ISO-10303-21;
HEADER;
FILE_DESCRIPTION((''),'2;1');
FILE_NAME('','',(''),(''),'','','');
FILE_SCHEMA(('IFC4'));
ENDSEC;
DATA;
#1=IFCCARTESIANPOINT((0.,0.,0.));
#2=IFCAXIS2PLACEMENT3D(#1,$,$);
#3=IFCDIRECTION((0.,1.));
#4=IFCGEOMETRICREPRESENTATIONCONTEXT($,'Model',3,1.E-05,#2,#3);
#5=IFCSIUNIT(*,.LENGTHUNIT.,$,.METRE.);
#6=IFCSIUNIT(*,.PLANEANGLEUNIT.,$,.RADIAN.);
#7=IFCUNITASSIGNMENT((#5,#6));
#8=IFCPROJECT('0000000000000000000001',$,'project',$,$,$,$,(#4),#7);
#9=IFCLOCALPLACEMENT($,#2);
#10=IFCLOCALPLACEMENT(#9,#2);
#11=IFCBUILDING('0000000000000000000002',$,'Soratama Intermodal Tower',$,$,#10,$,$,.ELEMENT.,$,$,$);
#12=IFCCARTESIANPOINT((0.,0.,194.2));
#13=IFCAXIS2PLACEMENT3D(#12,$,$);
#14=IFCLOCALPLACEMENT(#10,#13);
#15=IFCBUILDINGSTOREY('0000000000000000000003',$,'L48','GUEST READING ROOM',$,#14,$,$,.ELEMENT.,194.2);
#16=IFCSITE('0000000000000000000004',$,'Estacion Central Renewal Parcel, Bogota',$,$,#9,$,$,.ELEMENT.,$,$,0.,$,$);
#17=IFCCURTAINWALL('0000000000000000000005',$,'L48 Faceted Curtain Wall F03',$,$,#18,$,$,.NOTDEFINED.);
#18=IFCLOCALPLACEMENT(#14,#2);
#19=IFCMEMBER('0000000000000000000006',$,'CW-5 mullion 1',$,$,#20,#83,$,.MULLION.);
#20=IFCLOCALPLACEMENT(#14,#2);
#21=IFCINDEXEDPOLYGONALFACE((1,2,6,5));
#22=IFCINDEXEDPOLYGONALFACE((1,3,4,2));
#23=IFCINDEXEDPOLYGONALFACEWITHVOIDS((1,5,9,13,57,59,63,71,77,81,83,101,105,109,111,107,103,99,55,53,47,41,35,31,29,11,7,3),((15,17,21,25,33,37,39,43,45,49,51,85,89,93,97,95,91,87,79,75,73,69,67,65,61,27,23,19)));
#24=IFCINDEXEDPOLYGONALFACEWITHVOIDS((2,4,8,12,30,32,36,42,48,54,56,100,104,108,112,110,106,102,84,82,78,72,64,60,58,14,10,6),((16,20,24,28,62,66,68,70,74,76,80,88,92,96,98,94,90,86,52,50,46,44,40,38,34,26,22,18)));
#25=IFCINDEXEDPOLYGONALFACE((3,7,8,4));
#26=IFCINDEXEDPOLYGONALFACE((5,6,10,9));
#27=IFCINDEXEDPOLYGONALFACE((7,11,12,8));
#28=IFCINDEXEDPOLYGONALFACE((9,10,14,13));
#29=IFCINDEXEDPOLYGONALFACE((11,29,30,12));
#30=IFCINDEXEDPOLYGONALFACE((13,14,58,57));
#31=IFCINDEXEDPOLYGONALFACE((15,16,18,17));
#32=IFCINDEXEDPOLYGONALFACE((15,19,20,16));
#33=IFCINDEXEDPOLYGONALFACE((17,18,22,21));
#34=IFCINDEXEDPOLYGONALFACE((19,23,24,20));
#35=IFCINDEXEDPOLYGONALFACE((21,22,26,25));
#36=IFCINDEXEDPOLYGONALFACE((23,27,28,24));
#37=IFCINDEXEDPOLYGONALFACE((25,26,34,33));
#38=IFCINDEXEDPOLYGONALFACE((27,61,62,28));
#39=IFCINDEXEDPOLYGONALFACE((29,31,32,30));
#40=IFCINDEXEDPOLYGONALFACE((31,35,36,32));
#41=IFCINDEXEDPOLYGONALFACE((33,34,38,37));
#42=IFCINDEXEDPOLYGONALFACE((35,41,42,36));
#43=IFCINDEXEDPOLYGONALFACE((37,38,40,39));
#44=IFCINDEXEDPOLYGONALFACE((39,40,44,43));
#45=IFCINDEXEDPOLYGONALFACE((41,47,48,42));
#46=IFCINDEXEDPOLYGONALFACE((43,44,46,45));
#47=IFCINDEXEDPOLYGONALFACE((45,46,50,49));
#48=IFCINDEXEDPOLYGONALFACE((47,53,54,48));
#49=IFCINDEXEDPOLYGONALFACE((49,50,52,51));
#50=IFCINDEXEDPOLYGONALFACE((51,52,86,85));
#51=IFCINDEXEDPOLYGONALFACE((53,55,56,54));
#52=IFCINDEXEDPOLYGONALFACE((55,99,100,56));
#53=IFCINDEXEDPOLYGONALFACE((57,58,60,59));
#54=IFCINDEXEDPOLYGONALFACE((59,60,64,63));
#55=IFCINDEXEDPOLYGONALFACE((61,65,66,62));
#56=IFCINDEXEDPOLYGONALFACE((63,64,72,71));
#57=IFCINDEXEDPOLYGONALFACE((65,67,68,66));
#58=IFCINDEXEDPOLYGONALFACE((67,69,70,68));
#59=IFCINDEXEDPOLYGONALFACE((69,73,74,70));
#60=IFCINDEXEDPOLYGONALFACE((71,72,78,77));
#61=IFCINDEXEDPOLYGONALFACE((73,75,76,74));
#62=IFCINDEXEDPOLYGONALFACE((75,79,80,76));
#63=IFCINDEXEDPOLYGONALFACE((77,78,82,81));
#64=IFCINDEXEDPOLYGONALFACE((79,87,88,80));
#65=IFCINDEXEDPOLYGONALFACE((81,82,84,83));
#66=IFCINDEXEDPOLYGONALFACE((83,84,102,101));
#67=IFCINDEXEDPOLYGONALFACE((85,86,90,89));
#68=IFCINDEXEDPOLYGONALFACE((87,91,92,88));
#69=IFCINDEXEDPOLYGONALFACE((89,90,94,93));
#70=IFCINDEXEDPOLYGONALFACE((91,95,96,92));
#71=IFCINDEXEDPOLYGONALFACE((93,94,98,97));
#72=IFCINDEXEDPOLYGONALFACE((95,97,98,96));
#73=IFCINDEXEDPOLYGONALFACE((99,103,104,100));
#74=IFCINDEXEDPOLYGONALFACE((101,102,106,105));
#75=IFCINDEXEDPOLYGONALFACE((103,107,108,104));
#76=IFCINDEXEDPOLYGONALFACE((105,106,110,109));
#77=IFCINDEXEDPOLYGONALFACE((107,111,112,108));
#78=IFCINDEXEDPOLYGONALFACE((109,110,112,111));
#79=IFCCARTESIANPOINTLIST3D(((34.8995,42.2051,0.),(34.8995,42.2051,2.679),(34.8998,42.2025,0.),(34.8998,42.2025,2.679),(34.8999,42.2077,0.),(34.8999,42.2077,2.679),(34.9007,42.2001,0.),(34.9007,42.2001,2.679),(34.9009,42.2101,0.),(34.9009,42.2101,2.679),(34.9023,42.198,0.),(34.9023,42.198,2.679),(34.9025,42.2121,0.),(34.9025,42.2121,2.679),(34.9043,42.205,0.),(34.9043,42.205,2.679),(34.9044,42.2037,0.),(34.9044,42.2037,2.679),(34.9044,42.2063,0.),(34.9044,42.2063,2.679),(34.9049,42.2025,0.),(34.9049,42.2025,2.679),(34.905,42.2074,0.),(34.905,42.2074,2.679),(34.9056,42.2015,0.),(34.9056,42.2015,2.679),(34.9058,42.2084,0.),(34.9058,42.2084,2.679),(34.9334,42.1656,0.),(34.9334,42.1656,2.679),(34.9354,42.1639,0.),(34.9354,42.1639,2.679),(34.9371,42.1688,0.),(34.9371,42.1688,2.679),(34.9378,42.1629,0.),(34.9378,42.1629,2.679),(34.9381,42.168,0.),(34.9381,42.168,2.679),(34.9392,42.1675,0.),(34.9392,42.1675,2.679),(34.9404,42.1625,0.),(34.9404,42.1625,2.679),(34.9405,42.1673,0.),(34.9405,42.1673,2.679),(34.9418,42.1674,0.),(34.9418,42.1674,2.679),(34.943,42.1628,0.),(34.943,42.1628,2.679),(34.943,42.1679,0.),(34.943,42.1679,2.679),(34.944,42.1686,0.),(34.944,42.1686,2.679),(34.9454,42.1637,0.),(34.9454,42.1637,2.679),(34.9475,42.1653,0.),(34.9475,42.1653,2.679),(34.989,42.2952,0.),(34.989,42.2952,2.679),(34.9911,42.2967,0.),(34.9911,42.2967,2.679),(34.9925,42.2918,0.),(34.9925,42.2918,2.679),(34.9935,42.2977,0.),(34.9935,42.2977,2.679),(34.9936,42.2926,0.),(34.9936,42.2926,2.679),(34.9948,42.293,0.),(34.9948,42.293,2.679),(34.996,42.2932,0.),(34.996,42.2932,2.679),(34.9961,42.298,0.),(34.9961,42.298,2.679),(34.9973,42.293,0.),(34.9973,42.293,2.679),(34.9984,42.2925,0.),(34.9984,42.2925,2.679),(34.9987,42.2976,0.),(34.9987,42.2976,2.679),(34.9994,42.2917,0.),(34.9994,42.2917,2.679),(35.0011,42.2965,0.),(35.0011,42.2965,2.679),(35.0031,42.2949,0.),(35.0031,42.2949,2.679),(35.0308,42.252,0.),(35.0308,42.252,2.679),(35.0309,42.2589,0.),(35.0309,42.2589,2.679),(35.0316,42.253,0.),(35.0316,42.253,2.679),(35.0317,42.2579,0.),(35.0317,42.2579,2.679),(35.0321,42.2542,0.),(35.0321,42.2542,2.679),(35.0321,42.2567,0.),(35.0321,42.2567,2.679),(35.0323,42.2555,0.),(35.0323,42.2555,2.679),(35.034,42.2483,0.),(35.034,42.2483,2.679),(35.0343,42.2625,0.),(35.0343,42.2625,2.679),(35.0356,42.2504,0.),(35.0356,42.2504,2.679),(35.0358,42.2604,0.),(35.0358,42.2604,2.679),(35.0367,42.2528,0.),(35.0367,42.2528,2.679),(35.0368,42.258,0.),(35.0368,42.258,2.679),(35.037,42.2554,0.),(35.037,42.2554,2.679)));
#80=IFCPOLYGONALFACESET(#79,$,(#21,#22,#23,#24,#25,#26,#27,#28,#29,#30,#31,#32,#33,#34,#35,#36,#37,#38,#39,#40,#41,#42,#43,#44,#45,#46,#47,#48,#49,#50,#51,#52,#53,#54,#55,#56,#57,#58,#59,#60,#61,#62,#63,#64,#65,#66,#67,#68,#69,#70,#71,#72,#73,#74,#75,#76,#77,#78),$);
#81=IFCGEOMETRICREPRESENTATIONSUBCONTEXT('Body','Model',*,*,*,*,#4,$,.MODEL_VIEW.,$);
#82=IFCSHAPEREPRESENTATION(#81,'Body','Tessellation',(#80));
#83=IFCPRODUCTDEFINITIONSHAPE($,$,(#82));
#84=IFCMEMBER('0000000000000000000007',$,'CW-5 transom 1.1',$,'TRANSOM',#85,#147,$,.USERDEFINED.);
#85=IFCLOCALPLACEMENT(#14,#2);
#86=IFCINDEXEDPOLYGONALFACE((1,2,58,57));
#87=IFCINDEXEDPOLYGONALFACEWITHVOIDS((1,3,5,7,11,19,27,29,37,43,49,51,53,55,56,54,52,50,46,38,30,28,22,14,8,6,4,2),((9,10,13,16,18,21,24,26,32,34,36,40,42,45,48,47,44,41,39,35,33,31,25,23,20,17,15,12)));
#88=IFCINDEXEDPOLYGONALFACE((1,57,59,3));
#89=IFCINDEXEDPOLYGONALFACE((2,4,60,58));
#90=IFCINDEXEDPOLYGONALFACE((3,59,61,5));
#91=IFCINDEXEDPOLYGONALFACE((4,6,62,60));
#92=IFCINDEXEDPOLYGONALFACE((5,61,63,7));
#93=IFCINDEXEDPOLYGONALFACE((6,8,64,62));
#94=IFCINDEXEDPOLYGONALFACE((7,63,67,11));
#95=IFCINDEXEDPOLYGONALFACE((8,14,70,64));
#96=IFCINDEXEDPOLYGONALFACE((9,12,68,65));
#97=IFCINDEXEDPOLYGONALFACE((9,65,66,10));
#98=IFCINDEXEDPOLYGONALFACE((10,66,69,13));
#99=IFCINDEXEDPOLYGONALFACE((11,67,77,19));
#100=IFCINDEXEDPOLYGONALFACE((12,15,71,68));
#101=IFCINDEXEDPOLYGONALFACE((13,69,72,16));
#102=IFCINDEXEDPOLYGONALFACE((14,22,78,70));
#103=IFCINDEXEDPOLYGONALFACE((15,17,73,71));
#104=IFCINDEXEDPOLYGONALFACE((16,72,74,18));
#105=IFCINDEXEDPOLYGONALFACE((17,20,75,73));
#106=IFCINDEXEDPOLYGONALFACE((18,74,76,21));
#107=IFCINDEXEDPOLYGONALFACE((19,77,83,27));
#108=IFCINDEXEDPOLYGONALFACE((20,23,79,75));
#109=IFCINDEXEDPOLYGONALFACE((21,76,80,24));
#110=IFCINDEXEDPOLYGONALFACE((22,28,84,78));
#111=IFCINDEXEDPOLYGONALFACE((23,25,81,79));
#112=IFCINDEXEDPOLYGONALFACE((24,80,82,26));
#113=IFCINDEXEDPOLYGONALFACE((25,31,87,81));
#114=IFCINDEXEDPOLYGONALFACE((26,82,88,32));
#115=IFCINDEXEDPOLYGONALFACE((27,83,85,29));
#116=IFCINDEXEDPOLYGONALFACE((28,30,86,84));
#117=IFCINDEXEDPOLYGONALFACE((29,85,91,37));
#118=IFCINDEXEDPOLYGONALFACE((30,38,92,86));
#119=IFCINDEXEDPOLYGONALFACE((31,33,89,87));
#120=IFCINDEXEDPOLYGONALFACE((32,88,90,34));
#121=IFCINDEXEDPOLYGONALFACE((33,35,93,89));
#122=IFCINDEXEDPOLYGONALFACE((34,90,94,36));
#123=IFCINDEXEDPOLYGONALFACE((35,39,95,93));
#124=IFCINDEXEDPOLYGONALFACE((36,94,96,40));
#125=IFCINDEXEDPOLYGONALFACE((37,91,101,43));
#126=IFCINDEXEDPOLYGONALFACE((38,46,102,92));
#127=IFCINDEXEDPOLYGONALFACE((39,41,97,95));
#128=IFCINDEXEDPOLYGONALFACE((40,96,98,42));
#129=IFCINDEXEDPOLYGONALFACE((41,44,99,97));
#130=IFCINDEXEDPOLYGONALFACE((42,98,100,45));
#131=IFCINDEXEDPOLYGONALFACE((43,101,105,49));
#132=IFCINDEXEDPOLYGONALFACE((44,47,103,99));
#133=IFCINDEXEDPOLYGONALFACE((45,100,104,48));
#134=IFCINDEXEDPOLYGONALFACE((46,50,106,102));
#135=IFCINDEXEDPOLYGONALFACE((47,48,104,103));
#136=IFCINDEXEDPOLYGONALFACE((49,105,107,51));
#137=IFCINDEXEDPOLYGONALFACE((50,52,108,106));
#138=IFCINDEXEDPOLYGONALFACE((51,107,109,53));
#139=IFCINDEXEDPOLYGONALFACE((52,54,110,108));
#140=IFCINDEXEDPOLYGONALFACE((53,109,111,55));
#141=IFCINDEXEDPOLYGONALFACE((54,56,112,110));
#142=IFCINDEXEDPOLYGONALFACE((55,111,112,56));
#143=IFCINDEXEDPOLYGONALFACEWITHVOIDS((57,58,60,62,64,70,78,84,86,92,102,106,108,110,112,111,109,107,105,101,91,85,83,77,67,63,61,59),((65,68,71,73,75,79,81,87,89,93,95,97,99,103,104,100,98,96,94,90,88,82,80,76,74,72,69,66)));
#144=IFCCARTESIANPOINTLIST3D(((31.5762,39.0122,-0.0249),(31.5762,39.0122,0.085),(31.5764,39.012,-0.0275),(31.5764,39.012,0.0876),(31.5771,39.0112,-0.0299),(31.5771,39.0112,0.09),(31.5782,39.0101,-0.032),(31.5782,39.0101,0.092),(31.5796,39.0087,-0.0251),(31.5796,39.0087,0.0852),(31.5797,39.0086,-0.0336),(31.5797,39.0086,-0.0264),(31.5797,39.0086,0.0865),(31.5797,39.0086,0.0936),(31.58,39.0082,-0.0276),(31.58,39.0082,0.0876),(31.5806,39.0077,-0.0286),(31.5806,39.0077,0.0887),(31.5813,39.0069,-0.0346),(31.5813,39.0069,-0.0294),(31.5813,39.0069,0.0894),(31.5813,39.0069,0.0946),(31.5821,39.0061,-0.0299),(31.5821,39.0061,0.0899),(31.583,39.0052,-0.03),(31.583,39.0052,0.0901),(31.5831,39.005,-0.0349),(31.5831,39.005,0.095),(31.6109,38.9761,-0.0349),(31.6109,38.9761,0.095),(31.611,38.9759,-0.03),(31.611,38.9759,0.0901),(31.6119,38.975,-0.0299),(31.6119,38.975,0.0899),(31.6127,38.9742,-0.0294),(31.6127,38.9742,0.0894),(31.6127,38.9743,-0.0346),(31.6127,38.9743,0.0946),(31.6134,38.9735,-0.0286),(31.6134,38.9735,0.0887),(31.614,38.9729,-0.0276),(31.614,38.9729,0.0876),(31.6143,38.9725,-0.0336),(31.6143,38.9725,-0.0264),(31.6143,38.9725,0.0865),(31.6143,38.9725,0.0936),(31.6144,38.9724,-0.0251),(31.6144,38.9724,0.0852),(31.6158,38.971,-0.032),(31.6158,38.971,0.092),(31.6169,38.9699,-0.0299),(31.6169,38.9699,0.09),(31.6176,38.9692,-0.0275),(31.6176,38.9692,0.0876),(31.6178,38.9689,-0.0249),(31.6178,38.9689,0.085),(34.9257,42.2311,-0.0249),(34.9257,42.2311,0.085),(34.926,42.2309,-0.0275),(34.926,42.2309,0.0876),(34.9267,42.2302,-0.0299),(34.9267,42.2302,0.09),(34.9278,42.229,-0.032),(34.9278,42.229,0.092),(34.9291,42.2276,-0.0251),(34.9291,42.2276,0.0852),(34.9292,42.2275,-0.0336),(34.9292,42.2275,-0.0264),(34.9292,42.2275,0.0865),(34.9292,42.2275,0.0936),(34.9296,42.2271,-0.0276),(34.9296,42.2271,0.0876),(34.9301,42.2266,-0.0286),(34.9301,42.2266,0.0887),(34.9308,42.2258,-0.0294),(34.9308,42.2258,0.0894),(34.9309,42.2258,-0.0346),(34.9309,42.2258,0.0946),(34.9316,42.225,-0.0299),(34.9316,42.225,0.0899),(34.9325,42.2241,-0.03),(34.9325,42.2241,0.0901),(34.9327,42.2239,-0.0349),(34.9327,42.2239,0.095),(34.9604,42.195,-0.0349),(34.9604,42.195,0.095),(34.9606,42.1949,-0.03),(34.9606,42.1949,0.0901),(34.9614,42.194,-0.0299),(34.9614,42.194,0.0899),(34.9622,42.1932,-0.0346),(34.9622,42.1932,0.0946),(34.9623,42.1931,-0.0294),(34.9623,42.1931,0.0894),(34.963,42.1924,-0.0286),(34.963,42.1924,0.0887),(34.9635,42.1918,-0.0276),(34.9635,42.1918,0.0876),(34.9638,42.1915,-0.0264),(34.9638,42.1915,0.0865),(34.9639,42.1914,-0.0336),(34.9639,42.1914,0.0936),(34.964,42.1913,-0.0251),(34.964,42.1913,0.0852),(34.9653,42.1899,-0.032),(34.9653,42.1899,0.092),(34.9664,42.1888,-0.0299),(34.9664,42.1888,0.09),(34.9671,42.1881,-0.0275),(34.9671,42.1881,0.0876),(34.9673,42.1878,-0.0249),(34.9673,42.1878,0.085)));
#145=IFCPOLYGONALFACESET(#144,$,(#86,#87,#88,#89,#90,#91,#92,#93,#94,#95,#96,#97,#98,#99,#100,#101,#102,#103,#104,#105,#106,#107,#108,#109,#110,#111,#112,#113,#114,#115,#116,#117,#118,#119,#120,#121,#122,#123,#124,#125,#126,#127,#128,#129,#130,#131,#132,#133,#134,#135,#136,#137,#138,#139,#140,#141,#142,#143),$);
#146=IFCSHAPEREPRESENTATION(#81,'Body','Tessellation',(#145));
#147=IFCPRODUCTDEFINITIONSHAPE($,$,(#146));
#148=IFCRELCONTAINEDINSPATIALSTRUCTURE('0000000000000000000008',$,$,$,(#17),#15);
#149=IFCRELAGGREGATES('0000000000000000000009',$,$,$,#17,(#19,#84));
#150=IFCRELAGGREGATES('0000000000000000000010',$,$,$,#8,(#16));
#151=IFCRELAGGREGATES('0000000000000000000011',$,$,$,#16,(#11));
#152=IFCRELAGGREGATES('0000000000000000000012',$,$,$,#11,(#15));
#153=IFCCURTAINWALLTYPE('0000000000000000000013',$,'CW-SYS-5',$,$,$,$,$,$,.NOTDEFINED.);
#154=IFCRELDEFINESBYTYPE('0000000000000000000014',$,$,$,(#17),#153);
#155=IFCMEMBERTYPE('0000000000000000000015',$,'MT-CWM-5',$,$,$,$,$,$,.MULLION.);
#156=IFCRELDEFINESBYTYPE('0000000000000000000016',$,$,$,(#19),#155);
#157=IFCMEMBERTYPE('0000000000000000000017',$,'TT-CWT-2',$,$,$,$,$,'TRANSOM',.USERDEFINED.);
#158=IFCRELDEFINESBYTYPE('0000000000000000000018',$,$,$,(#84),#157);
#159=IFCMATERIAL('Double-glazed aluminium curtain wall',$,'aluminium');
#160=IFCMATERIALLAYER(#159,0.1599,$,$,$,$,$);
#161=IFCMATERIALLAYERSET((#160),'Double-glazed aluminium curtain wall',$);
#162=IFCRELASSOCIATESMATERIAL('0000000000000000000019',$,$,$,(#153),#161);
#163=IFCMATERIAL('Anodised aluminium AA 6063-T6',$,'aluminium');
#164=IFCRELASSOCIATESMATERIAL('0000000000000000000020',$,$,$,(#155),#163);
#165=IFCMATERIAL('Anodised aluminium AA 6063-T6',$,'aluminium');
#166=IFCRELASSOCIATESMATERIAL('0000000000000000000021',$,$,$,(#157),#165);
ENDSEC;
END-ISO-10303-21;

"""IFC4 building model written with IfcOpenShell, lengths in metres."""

from ifc_helpers import new_model, si_unit, direction, frame, origin, origin_2d, place, context, subcontext, project, spatial, hollow_rectangle, extrude, material, layer, layer_set, material_profile, profile_set, type_object, element, aggregate, save


model = new_model("IFC4")

# Units and contexts
model_context = context("Model", 3, precision=1e-05, world=origin(), true_north=direction((0.0, 1.0)))
body_context = subcontext(model_context, "Body", "Model", "MODEL_VIEW")
ifc_project = project(units=[si_unit("LENGTHUNIT", "METRE"), si_unit("PLANEANGLEUNIT", "RADIAN")], contexts=[model_context])

# Site, building, storey
site_placement = place(None, origin())
site = spatial("IfcSite", under=ifc_project, at=site_placement, Name="Estacion Central Renewal Parcel, Bogota", CompositionType="ELEMENT", RefElevation=0.0)
building_placement = place(site_placement, origin())
building = spatial("IfcBuilding", under=site, at=building_placement, Name="Soratama Intermodal Tower", CompositionType="ELEMENT")
storey_placement = place(building_placement, frame((0.0, 0.0, 194.2)))
storey = spatial("IfcBuildingStorey", under=building, at=storey_placement, Name="L48", Description="GUEST READING ROOM", CompositionType="ELEMENT", Elevation=194.2)

# Curtain wall, members
ifc_material_1 = material(Name="Double-glazed aluminium curtain wall", Category="aluminium")
ifc_layer_1 = layer(ifc_material_1, 0.1599)
ifc_layer_set_1 = layer_set([ifc_layer_1], Name="Double-glazed aluminium curtain wall")
curtain_wall_type = type_object("IfcCurtainWallType", Name="CW-SYS-5", PredefinedType="NOTDEFINED", material=ifc_layer_set_1)
curtain_wall_placement = place(storey_placement, origin())
curtain_wall = element("IfcCurtainWall", 1, at=curtain_wall_placement, inside=storey, type_object=curtain_wall_type, Name="L48 Faceted Curtain Wall F03", PredefinedType="NOTDEFINED")
ifc_material_2 = material(Name="Anodised aluminium AA 6063-T6", Category="aluminium")
ifc_material_profile_1 = material_profile(ifc_material_2, hollow_rectangle(XDim=0.0649, YDim=0.1399, WallThickness=0.0049, InnerFilletRadius=0.0049, OuterFilletRadius=0.01, at=origin_2d()), Name="CWM140X65X5")
ifc_profile_set_1 = profile_set([ifc_material_profile_1], Name="Anodised aluminium AA 6063-T6")
member_type_1 = type_object("IfcMemberType", Name="MT-CWM-5", PredefinedType="MULLION", material=ifc_profile_set_1)
member_1_placement = place(storey_placement, frame((34.9683, 42.2302, 0.0), z_axis=(0.0, 0.0, 1.0), x_axis=(0.692898, -0.721036, 0.0)))
member_1 = element("IfcMember", 2, at=member_1_placement, type_object=member_type_1, Name="CW-5 mullion 1", PredefinedType="MULLION", context=body_context, shape_type="SweptSolid", body=[
    extrude(hollow_rectangle(XDim=0.0649, YDim=0.1399, WallThickness=0.0049, InnerFilletRadius=0.0049, OuterFilletRadius=0.01, at=origin_2d()), origin(), (0.0, 0.0, 1.0), 2.679),
])
ifc_material_3 = material(Name="Anodised aluminium AA 6063-T6", Category="aluminium")
ifc_material_profile_2 = material_profile(ifc_material_3, hollow_rectangle(XDim=0.0601, YDim=0.1299, WallThickness=0.0049, InnerFilletRadius=0.0049, OuterFilletRadius=0.01, at=origin_2d()), Name="CWT130X60X5")
ifc_profile_set_2 = profile_set([ifc_material_profile_2], Name="Anodised aluminium AA 6063-T6")
member_type_2 = type_object("IfcMemberType", Name="TT-CWT-2", ElementType="TRANSOM", PredefinedType="USERDEFINED", material=ifc_profile_set_2)
member_2_placement = place(storey_placement, frame((34.9465, 42.2095, 0.03), z_axis=(-0.721025, -0.692909, 0.0), x_axis=(0.692909, -0.721025, 0.0)))
member_2 = element("IfcMember", 3, at=member_2_placement, type_object=member_type_2, Name="CW-5 transom 1.1", ObjectType="TRANSOM", PredefinedType="USERDEFINED", context=body_context, shape_type="SweptSolid", body=[
    extrude(hollow_rectangle(XDim=0.0601, YDim=0.1299, WallThickness=0.0049, InnerFilletRadius=0.0049, OuterFilletRadius=0.01, at=origin_2d()), origin(), (0.0, 0.0, 1.0), 4.6455),
])
aggregate(curtain_wall, [member_1, member_2])

save(model, "model.ifc")
